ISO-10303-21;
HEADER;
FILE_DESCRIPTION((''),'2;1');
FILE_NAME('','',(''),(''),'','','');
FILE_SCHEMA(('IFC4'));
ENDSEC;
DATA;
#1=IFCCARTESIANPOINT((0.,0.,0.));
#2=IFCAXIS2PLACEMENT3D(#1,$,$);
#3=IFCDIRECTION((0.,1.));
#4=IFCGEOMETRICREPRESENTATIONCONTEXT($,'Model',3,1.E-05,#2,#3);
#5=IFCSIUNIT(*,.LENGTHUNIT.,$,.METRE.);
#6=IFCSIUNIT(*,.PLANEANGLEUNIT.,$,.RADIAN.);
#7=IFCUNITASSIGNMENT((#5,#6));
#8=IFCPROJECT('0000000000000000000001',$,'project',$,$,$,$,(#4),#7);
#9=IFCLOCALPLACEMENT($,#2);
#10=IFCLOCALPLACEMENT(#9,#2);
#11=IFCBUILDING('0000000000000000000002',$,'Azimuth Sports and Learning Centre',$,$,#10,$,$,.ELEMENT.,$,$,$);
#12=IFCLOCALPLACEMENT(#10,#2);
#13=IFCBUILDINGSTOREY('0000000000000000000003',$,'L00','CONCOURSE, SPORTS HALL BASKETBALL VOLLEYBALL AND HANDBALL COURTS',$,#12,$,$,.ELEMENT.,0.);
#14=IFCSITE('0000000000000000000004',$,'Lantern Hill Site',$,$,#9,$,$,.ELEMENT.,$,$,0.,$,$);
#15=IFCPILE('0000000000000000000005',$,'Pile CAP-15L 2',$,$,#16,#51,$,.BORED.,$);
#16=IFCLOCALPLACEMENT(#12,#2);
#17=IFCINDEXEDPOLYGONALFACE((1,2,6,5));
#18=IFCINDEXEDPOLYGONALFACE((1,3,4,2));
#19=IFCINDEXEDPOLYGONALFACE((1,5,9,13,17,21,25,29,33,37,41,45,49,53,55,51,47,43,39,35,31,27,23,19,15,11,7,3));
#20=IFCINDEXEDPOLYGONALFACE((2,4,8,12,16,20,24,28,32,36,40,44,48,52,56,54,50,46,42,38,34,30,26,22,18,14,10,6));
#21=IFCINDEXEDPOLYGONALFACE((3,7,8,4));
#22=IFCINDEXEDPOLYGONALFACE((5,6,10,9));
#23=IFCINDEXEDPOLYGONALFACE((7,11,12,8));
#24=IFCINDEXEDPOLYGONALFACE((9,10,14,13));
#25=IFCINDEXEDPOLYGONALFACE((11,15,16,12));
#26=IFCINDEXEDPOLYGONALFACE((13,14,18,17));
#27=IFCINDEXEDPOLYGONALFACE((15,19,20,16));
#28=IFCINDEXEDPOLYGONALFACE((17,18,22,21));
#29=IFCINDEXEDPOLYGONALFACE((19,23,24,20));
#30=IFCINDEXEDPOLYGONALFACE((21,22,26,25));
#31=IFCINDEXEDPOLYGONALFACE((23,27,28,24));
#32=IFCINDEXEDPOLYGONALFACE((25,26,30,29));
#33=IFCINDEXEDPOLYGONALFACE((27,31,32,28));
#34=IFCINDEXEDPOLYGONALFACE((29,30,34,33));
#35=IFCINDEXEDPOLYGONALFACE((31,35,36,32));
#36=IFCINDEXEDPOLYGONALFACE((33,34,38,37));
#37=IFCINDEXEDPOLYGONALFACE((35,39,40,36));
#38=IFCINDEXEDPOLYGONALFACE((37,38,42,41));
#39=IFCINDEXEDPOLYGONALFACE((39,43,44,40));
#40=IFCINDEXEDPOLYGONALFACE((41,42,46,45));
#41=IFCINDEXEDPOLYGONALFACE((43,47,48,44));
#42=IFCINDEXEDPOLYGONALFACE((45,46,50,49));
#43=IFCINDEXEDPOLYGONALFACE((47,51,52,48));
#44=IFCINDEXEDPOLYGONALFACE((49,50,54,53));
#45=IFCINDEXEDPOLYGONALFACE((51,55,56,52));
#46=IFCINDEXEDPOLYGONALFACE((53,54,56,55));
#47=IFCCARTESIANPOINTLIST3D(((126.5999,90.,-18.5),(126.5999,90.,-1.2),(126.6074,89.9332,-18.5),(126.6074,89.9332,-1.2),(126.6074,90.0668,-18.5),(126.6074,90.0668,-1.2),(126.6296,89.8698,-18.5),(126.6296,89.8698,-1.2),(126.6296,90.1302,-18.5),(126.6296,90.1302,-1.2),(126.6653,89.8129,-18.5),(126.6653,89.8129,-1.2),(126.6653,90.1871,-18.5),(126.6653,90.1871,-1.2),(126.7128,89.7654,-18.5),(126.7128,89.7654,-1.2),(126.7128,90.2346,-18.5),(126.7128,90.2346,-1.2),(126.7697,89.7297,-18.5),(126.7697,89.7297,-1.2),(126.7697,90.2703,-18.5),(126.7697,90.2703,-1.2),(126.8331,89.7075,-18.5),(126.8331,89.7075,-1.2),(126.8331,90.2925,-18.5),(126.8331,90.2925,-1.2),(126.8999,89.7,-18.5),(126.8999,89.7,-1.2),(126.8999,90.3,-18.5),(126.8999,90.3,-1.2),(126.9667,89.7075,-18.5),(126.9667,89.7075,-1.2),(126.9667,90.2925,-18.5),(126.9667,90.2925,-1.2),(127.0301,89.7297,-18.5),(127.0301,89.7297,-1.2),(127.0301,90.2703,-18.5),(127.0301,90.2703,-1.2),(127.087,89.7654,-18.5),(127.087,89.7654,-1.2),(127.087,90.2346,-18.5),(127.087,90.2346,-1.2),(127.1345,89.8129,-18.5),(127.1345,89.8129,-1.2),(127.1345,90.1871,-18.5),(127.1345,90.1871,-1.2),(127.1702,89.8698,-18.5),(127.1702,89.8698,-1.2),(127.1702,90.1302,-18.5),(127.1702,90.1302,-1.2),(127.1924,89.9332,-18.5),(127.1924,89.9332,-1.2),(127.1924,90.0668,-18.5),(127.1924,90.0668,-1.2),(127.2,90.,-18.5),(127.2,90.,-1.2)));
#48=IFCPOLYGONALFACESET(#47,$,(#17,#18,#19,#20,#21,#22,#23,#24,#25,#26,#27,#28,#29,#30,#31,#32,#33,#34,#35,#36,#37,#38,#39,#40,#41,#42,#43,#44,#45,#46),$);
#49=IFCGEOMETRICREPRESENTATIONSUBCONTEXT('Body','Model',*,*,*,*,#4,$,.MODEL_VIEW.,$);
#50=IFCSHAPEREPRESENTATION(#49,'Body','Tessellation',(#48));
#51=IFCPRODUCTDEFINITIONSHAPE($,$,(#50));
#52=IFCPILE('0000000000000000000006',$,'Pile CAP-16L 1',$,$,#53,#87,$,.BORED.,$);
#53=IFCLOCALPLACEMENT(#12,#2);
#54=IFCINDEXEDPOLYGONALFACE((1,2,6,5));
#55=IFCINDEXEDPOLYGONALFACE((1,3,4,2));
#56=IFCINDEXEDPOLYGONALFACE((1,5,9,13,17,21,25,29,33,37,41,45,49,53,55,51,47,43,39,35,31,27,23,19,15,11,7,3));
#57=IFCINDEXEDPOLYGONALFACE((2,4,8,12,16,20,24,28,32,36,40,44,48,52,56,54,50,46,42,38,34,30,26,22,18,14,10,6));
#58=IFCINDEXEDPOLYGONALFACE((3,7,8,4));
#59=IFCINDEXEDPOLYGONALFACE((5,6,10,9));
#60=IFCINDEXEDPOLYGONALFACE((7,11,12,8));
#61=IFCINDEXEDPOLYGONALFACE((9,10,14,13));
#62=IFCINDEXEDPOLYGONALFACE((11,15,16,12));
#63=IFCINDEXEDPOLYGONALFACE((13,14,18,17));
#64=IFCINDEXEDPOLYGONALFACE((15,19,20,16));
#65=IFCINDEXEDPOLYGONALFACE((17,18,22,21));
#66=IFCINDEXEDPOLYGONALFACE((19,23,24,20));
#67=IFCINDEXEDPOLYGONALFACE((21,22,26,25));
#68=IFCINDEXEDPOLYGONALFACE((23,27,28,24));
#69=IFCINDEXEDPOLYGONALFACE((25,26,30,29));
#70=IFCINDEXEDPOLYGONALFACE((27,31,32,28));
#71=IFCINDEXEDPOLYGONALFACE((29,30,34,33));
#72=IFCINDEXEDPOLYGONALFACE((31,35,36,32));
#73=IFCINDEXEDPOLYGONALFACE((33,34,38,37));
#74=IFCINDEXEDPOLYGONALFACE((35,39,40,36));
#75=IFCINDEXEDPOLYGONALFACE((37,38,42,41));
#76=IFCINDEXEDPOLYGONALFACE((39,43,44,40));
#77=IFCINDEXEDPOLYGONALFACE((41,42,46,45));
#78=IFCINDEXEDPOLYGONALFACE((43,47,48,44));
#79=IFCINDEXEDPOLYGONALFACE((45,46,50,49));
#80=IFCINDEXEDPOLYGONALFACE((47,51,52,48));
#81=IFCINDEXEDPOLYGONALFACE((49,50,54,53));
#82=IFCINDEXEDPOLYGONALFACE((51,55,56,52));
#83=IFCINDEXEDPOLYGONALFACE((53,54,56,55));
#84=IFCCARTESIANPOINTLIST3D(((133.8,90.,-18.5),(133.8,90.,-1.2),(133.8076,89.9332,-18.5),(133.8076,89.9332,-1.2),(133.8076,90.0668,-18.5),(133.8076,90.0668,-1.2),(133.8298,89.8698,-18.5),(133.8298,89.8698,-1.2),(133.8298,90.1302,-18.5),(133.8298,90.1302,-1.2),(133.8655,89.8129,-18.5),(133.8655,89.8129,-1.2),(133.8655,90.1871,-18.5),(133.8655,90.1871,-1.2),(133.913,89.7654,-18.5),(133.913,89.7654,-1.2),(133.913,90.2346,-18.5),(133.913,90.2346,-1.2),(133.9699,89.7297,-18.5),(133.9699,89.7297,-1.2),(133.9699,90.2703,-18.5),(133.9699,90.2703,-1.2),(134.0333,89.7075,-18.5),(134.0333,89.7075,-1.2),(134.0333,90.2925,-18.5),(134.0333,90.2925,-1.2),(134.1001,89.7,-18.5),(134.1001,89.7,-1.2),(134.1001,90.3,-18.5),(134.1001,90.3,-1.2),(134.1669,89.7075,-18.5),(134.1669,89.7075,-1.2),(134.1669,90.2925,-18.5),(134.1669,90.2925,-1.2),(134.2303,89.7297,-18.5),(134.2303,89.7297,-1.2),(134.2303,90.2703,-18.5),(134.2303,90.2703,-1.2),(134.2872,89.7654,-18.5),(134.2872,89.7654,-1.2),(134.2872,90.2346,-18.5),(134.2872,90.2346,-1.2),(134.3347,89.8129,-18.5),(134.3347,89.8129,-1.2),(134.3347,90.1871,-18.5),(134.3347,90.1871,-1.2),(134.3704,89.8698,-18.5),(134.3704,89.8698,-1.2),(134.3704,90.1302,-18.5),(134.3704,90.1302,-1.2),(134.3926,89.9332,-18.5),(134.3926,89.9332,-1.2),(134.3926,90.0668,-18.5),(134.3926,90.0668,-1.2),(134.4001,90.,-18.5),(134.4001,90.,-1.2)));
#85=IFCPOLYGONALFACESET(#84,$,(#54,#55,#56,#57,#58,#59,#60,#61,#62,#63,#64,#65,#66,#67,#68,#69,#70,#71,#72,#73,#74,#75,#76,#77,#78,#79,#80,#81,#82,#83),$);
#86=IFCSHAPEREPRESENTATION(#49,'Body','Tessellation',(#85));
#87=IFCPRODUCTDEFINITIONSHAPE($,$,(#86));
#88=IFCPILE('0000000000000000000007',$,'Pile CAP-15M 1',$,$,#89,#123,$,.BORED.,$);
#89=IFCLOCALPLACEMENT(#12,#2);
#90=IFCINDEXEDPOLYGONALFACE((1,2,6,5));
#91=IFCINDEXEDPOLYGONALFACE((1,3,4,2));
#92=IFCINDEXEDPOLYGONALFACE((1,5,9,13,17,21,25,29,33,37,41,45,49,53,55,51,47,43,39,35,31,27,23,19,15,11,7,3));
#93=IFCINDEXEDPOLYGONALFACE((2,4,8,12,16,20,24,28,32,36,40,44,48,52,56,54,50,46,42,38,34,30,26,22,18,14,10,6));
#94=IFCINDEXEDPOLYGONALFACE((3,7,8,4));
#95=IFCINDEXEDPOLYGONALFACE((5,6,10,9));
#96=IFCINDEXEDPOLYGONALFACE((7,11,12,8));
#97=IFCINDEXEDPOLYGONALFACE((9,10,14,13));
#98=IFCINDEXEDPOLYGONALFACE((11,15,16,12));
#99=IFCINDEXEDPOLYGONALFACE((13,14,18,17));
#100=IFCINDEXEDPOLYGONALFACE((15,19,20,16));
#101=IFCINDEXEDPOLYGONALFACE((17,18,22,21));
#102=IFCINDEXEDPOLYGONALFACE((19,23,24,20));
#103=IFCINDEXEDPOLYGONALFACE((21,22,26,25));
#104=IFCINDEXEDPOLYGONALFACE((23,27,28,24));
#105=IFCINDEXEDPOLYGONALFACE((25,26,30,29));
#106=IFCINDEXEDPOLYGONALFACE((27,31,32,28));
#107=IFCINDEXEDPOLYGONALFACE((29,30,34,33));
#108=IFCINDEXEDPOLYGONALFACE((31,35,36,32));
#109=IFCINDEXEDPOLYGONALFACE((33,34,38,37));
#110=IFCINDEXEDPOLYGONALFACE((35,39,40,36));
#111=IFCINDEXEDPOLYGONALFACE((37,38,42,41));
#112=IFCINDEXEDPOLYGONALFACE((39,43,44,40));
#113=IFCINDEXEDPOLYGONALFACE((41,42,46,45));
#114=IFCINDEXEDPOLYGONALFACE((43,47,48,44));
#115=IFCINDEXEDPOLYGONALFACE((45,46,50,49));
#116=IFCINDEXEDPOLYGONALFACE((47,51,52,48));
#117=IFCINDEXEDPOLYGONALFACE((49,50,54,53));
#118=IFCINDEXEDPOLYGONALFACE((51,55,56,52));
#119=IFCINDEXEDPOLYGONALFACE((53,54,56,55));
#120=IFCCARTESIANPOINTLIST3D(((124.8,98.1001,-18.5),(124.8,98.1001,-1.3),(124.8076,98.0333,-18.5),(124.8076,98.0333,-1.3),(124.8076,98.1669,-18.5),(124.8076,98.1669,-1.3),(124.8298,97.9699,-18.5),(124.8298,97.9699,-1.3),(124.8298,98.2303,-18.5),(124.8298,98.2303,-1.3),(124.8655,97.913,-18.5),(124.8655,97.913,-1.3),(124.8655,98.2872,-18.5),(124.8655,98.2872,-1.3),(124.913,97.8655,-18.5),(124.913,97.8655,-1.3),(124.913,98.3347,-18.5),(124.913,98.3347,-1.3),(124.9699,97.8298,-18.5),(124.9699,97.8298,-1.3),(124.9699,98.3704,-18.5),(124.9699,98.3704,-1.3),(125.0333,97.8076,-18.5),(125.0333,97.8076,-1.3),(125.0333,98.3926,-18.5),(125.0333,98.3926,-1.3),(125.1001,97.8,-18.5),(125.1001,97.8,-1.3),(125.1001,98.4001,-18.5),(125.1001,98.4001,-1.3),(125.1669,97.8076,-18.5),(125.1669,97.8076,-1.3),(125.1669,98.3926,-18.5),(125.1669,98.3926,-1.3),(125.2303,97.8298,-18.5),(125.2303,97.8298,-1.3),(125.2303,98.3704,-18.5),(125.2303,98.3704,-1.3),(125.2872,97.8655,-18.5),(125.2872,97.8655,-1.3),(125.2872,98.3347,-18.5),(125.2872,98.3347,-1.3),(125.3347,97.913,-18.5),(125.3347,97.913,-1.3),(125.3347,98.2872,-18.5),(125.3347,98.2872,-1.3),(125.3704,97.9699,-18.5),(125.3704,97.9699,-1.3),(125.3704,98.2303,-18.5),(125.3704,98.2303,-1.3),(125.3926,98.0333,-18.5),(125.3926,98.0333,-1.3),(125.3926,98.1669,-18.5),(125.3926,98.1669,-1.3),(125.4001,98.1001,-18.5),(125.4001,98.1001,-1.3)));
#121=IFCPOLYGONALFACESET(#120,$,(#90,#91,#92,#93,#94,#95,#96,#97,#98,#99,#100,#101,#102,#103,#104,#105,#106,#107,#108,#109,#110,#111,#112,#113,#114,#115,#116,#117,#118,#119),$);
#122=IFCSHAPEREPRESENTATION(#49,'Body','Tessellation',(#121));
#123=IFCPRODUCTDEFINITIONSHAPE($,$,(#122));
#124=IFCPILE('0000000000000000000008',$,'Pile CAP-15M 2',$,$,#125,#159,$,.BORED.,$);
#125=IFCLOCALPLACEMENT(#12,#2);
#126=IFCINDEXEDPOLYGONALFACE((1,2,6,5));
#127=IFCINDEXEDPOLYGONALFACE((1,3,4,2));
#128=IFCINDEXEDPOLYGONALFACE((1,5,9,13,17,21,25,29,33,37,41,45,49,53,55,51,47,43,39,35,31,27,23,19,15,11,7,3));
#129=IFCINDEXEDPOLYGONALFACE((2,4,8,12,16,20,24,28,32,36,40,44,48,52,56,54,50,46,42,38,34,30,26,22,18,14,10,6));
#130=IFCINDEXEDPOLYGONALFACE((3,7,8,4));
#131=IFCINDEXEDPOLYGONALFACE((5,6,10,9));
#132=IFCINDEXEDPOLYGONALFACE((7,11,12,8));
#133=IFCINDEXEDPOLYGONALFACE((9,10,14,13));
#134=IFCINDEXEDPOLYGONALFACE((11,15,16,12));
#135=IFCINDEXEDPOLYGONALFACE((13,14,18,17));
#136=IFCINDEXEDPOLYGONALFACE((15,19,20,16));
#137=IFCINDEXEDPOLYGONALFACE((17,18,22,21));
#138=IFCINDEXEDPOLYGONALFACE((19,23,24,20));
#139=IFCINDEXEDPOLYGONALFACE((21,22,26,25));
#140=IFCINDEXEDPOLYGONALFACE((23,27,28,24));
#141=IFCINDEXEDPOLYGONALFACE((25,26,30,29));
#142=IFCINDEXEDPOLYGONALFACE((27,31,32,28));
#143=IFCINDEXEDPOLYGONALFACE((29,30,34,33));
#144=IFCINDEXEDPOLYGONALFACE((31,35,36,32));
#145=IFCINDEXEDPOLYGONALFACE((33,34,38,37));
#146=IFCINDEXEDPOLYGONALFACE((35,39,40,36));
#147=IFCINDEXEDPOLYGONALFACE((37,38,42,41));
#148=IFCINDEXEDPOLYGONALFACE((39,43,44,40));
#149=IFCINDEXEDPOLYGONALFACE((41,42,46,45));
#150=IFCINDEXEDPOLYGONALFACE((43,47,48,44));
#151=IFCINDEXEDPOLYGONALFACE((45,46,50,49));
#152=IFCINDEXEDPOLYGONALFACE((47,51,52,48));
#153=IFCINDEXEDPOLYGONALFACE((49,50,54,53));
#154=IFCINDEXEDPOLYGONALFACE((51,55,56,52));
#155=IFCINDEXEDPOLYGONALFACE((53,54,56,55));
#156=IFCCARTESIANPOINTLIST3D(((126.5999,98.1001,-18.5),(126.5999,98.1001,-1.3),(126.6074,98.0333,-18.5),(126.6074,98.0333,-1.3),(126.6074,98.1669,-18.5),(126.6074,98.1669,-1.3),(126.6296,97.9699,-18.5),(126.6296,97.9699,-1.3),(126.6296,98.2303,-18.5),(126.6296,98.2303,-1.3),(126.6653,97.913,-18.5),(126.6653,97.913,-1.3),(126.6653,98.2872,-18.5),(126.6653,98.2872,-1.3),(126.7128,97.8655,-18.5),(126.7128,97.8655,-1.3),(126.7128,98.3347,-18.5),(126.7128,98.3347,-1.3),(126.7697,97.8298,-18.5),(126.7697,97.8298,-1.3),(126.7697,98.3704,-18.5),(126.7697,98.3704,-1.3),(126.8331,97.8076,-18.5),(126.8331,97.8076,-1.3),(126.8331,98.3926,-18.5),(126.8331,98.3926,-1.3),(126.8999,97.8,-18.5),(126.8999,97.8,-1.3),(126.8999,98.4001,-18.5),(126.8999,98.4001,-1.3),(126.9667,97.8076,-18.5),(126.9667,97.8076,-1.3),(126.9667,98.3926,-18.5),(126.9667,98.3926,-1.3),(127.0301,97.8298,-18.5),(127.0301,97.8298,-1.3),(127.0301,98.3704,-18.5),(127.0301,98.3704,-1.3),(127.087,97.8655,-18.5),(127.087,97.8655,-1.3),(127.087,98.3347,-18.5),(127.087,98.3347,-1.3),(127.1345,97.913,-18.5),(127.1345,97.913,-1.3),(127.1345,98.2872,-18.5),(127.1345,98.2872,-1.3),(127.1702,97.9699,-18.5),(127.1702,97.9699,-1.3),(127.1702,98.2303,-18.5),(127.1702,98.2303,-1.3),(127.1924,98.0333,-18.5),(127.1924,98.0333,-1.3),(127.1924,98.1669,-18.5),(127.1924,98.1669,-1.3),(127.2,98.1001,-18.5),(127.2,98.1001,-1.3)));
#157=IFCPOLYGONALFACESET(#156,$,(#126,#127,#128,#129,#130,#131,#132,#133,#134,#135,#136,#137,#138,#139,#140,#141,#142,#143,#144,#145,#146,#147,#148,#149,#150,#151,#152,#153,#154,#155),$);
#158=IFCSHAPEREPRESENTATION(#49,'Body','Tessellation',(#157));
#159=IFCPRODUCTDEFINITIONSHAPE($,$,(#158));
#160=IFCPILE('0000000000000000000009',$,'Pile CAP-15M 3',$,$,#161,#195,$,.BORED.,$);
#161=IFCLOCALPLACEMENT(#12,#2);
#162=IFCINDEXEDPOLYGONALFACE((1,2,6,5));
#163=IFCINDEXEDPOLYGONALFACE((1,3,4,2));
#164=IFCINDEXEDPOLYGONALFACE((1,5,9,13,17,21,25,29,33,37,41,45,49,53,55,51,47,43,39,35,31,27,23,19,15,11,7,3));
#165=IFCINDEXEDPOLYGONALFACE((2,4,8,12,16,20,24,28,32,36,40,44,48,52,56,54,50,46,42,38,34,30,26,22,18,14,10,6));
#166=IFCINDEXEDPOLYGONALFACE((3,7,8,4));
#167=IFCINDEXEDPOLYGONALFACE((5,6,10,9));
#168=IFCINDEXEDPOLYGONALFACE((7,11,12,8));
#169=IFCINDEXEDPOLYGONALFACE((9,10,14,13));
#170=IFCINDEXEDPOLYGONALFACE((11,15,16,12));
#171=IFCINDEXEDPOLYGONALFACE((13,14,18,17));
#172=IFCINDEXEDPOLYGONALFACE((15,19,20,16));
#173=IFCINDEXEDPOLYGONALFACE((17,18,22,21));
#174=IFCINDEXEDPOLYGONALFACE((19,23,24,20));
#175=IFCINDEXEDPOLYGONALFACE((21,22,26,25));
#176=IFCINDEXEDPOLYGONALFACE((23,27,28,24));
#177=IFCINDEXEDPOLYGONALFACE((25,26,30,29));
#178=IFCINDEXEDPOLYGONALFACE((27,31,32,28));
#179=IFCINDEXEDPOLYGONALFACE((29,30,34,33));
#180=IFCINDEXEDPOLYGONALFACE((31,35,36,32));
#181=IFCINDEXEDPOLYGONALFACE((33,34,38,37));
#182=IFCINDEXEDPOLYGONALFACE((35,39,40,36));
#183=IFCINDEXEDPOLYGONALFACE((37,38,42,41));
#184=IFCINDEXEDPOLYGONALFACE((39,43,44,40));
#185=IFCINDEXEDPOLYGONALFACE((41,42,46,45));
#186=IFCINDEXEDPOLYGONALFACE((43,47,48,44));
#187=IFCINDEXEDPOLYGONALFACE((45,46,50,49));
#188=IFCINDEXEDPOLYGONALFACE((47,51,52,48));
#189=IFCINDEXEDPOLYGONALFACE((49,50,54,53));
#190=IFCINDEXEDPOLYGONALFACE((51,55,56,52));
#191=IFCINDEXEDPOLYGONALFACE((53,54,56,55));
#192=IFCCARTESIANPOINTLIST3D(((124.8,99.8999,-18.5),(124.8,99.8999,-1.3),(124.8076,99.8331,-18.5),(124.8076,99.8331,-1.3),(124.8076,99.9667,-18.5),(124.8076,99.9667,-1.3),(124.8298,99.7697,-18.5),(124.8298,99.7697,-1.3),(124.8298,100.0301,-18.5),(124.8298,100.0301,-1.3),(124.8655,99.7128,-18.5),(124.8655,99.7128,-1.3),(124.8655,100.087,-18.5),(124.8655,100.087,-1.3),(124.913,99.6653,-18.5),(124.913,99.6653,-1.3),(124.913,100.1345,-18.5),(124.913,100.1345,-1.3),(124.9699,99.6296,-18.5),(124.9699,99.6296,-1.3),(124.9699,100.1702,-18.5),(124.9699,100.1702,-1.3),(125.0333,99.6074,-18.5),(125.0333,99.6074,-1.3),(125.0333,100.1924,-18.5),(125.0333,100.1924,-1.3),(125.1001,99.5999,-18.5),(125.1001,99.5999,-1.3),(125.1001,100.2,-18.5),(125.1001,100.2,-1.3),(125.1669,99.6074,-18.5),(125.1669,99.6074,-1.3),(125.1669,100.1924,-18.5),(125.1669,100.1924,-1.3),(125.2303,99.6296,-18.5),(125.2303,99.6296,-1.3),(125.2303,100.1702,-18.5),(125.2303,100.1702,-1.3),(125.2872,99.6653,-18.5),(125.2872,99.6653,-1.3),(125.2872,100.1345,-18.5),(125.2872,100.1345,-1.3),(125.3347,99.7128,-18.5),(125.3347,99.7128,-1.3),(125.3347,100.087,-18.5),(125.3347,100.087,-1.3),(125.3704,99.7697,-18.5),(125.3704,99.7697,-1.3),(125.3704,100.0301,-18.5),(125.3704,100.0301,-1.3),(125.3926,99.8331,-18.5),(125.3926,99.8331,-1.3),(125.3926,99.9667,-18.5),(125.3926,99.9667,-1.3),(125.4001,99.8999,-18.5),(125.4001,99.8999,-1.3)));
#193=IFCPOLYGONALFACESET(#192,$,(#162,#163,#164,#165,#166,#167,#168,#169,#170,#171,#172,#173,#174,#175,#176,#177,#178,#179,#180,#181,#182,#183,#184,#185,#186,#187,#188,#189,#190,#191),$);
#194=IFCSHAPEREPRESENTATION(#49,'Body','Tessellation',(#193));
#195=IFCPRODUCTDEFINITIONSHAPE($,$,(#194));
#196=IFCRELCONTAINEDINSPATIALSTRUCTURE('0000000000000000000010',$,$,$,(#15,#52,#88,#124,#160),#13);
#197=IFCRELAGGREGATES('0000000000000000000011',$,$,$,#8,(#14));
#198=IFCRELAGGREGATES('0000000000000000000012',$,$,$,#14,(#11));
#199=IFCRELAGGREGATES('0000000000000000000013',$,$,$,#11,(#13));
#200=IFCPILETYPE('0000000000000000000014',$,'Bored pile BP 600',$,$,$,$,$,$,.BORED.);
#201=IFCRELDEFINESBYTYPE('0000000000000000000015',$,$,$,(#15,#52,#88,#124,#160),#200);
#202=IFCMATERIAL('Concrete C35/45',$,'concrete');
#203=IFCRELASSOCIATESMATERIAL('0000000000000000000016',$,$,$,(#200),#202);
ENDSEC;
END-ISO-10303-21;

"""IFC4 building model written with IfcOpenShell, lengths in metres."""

from ifc_helpers import new_model, si_unit, direction, frame, origin, origin_2d, place, context, subcontext, project, spatial, circle, extrude, material, material_profile, profile_set, type_object, element, save


model = new_model("IFC4")

# Units and contexts
model_context = context("Model", 3, precision=1e-05, world=origin(), true_north=direction((0.0, 1.0)))
body_context = subcontext(model_context, "Body", "Model", "MODEL_VIEW")
ifc_project = project(units=[si_unit("LENGTHUNIT", "METRE"), si_unit("PLANEANGLEUNIT", "RADIAN")], contexts=[model_context])

# Site, building, storey
site_placement = place(None, origin())
site = spatial("IfcSite", under=ifc_project, at=site_placement, Name="Lantern Hill Site", CompositionType="ELEMENT", RefElevation=0.0)
building_placement = place(site_placement, origin())
building = spatial("IfcBuilding", under=site, at=building_placement, Name="Azimuth Sports and Learning Centre", CompositionType="ELEMENT")
storey_placement = place(building_placement, origin())
storey = spatial("IfcBuildingStorey", under=building, at=storey_placement, Name="L00", Description="CONCOURSE, SPORTS HALL BASKETBALL VOLLEYBALL AND HANDBALL COURTS", CompositionType="ELEMENT", Elevation=0.0)

# Piles
ifc_material_1 = material(Name="Concrete C35/45", Category="concrete")
ifc_material_profile_1 = material_profile(ifc_material_1, circle(Radius=0.3, at=origin_2d()), Name="BP 600")
ifc_profile_set_1 = profile_set([ifc_material_profile_1], Name="Concrete C35/45")
pile_type = type_object("IfcPileType", Name="Bored pile BP 600", PredefinedType="BORED", material=ifc_profile_set_1)
for number, where, z_axis, x_axis, name in (
    (1, (126.8999, 90.0, -1.2), (0.0, 0.0, -1.0), (1.0, 0.0, 0.0), "Pile CAP-15L 2"),
    (2, (134.1001, 90.0, -1.2), (0.0, 0.0, -1.0), (1.0, 0.0, 0.0), "Pile CAP-16L 1"),
):
    element("IfcPile", number, at=place(storey_placement, frame(where, z_axis=z_axis, x_axis=x_axis)), inside=storey, type_object=pile_type, Name=name, PredefinedType="BORED", context=body_context, shape_type="SweptSolid", body=[
        extrude(circle(Radius=0.3, at=origin_2d()), origin(), (0.0, 0.0, 1.0), 17.3),
    ])
for number, where, z_axis, x_axis, name in (
    (3, (125.1001, 98.1001, -1.3), (0.0, 0.0, -1.0), (1.0, 0.0, 0.0), "Pile CAP-15M 1"),
    (4, (126.8999, 98.1001, -1.3), (0.0, 0.0, -1.0), (1.0, 0.0, 0.0), "Pile CAP-15M 2"),
    (5, (125.1001, 99.8999, -1.3), (0.0, 0.0, -1.0), (1.0, 0.0, 0.0), "Pile CAP-15M 3"),
):
    element("IfcPile", number, at=place(storey_placement, frame(where, z_axis=z_axis, x_axis=x_axis)), inside=storey, type_object=pile_type, Name=name, PredefinedType="BORED", context=body_context, shape_type="SweptSolid", body=[
        extrude(circle(Radius=0.3, at=origin_2d()), origin(), (0.0, 0.0, 1.0), 17.2),
    ])

save(model, "model.ifc")
